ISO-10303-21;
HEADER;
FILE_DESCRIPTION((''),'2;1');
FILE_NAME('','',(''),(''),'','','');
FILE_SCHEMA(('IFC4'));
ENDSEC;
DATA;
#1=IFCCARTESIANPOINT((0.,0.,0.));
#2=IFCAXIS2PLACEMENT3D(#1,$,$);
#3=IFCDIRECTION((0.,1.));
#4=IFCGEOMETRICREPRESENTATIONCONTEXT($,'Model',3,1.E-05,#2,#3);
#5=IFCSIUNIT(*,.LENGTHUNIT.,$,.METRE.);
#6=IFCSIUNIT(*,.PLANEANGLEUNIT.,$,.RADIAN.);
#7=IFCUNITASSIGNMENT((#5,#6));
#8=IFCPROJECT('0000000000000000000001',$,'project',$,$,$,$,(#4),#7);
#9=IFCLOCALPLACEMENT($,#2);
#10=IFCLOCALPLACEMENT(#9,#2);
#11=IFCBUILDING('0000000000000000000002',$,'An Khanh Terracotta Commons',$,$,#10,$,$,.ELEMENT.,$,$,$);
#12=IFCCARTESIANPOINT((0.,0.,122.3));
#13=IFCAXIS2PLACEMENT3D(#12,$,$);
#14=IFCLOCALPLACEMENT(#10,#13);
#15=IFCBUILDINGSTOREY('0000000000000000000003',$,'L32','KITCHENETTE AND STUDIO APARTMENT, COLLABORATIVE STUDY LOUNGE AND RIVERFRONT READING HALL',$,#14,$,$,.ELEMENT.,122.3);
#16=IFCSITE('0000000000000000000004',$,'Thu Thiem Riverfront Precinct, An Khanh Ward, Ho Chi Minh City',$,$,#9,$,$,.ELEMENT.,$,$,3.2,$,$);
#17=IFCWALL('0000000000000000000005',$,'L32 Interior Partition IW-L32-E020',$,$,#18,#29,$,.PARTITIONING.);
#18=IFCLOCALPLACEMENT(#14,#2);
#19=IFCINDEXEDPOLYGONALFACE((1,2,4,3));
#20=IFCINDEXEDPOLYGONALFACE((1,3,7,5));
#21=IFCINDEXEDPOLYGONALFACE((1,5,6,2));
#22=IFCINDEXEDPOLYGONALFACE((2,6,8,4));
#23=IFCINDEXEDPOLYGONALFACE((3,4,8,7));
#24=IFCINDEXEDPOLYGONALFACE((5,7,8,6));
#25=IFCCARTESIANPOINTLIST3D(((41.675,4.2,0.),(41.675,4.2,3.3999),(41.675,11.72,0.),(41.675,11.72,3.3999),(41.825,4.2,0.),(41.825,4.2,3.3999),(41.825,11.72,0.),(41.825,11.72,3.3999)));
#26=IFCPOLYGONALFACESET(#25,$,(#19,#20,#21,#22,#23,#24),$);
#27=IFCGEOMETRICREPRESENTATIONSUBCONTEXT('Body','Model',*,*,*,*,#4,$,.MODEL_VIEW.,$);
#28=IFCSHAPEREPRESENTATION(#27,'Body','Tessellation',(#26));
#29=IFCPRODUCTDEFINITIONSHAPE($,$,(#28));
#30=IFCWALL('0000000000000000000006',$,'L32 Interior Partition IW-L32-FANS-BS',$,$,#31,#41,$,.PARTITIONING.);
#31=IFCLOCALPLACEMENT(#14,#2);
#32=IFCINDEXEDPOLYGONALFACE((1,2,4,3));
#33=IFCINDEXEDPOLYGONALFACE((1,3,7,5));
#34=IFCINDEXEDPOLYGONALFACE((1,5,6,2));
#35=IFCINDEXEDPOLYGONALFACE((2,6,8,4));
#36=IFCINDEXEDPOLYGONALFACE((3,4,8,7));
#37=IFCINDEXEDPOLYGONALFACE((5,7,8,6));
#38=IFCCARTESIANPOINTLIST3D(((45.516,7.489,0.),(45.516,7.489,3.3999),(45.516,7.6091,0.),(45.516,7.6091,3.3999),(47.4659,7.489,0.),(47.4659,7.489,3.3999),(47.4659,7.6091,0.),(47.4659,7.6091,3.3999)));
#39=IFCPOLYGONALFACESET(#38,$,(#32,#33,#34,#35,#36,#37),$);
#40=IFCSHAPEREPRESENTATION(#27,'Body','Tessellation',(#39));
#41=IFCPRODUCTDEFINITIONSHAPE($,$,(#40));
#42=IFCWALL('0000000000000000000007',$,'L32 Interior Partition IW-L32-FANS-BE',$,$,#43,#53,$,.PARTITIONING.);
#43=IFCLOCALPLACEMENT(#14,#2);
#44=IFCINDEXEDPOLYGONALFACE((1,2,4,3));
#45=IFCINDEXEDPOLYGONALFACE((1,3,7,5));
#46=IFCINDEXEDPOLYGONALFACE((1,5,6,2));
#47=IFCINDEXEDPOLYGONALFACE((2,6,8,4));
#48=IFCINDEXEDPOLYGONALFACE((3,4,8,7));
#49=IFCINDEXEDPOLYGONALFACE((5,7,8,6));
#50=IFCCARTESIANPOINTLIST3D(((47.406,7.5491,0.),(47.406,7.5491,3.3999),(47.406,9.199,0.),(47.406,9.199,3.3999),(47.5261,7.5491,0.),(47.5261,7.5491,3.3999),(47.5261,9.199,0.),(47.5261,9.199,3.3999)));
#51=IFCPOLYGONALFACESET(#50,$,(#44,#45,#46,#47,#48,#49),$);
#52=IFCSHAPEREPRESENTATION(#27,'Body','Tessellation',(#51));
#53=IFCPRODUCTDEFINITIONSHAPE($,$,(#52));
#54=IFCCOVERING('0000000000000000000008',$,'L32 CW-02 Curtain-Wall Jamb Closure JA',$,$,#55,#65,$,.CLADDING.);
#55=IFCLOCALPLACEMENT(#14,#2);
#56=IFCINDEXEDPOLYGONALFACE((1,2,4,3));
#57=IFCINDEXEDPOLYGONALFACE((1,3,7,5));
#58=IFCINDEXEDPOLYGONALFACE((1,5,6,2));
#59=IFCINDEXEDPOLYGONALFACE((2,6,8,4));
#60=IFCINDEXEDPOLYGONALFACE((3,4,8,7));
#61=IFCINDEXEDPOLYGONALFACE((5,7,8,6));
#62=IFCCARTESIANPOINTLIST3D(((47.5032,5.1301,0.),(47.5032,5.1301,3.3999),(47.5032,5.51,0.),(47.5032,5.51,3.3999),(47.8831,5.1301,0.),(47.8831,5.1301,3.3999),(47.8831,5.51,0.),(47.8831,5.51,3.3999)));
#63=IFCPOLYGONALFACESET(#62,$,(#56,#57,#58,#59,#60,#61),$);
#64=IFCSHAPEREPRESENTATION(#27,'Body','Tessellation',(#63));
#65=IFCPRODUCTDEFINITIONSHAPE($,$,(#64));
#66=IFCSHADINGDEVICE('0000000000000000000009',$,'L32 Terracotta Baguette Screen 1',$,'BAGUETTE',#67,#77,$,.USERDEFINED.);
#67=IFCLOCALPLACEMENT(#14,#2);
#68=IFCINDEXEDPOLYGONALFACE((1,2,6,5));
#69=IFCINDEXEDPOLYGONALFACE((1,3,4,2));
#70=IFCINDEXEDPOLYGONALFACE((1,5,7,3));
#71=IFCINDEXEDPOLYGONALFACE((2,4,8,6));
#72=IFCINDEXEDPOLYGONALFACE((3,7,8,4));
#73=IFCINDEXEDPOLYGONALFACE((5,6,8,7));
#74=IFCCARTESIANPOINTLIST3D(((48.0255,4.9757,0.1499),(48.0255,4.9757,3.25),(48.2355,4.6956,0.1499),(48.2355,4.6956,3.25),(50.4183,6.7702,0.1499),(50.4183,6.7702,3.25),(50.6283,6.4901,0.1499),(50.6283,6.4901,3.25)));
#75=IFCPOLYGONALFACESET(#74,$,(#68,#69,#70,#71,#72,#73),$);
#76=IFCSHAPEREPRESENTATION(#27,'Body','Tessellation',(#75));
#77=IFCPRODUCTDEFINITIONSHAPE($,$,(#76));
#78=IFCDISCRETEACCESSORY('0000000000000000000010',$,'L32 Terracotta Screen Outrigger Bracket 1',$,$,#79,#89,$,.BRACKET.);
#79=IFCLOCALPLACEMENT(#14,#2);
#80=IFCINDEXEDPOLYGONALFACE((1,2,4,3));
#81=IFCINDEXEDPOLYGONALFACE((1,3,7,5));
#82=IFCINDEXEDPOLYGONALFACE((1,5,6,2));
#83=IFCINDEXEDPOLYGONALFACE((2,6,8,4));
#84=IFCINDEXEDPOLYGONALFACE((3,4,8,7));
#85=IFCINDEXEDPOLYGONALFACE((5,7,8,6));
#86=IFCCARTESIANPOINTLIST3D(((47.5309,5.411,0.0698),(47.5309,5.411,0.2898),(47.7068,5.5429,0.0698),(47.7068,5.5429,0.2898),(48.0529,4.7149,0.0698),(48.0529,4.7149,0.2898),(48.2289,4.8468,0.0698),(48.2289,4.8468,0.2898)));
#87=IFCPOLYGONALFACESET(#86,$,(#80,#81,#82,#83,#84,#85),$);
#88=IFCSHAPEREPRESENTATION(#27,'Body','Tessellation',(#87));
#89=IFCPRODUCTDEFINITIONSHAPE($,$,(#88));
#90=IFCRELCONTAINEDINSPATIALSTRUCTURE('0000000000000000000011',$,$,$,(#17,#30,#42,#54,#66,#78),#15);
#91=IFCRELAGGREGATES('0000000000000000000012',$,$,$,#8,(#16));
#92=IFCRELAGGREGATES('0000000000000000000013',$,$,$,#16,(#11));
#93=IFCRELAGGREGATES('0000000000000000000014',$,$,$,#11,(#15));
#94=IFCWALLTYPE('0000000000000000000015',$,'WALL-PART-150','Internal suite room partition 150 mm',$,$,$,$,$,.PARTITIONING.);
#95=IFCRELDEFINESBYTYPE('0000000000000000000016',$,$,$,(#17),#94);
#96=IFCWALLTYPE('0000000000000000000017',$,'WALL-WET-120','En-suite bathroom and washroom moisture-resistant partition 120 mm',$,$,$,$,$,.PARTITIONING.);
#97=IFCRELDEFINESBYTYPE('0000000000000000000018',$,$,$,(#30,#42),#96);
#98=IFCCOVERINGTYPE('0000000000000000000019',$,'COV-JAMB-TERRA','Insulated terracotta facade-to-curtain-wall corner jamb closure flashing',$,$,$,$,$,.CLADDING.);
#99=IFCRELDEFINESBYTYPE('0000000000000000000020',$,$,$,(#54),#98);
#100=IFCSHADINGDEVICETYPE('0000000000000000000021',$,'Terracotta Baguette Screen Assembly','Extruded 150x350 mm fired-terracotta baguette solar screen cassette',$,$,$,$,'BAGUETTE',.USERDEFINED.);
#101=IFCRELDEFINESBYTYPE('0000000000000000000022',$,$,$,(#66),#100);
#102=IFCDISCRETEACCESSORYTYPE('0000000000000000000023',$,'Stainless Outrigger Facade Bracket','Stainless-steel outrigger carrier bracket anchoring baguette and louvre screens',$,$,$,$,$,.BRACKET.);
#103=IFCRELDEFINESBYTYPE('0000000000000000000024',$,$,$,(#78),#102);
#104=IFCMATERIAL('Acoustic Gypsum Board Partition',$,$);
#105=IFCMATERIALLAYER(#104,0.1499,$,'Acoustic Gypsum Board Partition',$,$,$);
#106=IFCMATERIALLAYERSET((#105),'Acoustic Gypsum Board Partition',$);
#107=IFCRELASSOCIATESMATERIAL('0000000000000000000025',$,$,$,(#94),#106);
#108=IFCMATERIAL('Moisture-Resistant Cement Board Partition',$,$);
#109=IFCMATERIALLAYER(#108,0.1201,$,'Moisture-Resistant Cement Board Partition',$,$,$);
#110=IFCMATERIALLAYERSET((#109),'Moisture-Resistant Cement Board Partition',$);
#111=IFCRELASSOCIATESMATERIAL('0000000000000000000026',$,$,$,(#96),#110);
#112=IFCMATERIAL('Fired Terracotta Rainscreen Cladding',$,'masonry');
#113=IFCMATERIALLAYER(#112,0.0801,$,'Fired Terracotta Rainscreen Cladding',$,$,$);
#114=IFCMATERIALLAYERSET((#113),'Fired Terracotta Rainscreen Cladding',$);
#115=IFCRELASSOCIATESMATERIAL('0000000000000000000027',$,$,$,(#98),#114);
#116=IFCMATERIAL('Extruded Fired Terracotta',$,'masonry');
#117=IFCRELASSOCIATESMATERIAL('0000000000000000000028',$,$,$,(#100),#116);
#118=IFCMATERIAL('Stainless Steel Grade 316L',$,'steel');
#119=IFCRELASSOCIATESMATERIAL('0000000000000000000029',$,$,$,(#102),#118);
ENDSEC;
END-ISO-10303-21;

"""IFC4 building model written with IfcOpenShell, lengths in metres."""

from ifc_helpers import new_model, si_unit, direction, frame, frame_2d, origin, origin_2d, place, context, subcontext, project, spatial, rectangle, extrude, material, layer, layer_set, type_object, element, save


model = new_model("IFC4")

# Units and contexts
model_context = context("Model", 3, precision=1e-05, world=origin(), true_north=direction((0.0, 1.0)))
body_context = subcontext(model_context, "Body", "Model", "MODEL_VIEW")
ifc_project = project(units=[si_unit("LENGTHUNIT", "METRE"), si_unit("PLANEANGLEUNIT", "RADIAN")], contexts=[model_context])

# Site, building, storey
site_placement = place(None, origin())
site = spatial("IfcSite", under=ifc_project, at=site_placement, Name="Thu Thiem Riverfront Precinct, An Khanh Ward, Ho Chi Minh City", CompositionType="ELEMENT", RefElevation=3.2)
building_placement = place(site_placement, origin())
building = spatial("IfcBuilding", under=site, at=building_placement, Name="An Khanh Terracotta Commons", CompositionType="ELEMENT")
storey_placement = place(building_placement, frame((0.0, 0.0, 122.3)))
storey = spatial("IfcBuildingStorey", under=building, at=storey_placement, Name="L32", Description="KITCHENETTE AND STUDIO APARTMENT, COLLABORATIVE STUDY LOUNGE AND RIVERFRONT READING HALL", CompositionType="ELEMENT", Elevation=122.3)

# Walls
ifc_material_1 = material(Name="Acoustic Gypsum Board Partition")
ifc_layer_1 = layer(ifc_material_1, 0.1499, Name="Acoustic Gypsum Board Partition")
ifc_layer_set_1 = layer_set([ifc_layer_1], Name="Acoustic Gypsum Board Partition")
wall_type_1 = type_object("IfcWallType", Name="WALL-PART-150", Description="Internal suite room partition 150 mm", PredefinedType="PARTITIONING", material=ifc_layer_set_1)
wall_1_placement = place(storey_placement, frame((41.75, 4.2, 0.0), z_axis=(0.0, 0.0, 1.0), x_axis=(0.0, 1.0, 0.0)))
element("IfcWall", 1, at=wall_1_placement, inside=storey, type_object=wall_type_1, Name="L32 Interior Partition IW-L32-E020", PredefinedType="PARTITIONING", context=body_context, shape_type="SweptSolid", body=[
    extrude(rectangle(XDim=7.52, YDim=0.1499, at=frame_2d((3.76, 0.0))), origin(), (0.0, 0.0, 1.0), 3.3999),
])
ifc_material_2 = material(Name="Moisture-Resistant Cement Board Partition")
ifc_layer_2 = layer(ifc_material_2, 0.1201, Name="Moisture-Resistant Cement Board Partition")
ifc_layer_set_2 = layer_set([ifc_layer_2], Name="Moisture-Resistant Cement Board Partition")
wall_type_2 = type_object("IfcWallType", Name="WALL-WET-120", Description="En-suite bathroom and washroom moisture-resistant partition 120 mm", PredefinedType="PARTITIONING", material=ifc_layer_set_2)
wall_2_placement = place(storey_placement, frame((47.4661, 7.5491, 0.0), z_axis=(0.0, 0.0, 1.0), x_axis=(-1.0, 0.0, 0.0)))
element("IfcWall", 2, at=wall_2_placement, inside=storey, type_object=wall_type_2, Name="L32 Interior Partition IW-L32-FANS-BS", PredefinedType="PARTITIONING", context=body_context, shape_type="SweptSolid", body=[
    extrude(rectangle(XDim=1.95, YDim=0.1201, at=frame_2d((0.9751, 0.0))), origin(), (0.0, 0.0, 1.0), 3.3999),
])
wall_3_placement = place(storey_placement, frame((47.4661, 7.5491, 0.0), z_axis=(0.0, 0.0, 1.0), x_axis=(0.0, 1.0, 0.0)))
element("IfcWall", 3, at=wall_3_placement, inside=storey, type_object=wall_type_2, Name="L32 Interior Partition IW-L32-FANS-BE", PredefinedType="PARTITIONING", context=body_context, shape_type="SweptSolid", body=[
    extrude(rectangle(XDim=1.6499, YDim=0.1201, at=frame_2d((0.825, 0.0))), origin(), (0.0, 0.0, 1.0), 3.3999),
])

# Covering
ifc_material_3 = material(Name="Fired Terracotta Rainscreen Cladding", Category="masonry")
ifc_layer_3 = layer(ifc_material_3, 0.0801, Name="Fired Terracotta Rainscreen Cladding")
ifc_layer_set_3 = layer_set([ifc_layer_3], Name="Fired Terracotta Rainscreen Cladding")
covering_type = type_object("IfcCoveringType", Name="COV-JAMB-TERRA", Description="Insulated terracotta facade-to-curtain-wall corner jamb closure flashing", PredefinedType="CLADDING", material=ifc_layer_set_3)
covering_placement = place(storey_placement, frame((47.6931, 5.3201, 0.0), z_axis=(0.0, 0.0, 1.0), x_axis=(1.0, 0.0, 0.0)))
element("IfcCovering", 4, at=covering_placement, inside=storey, type_object=covering_type, Name="L32 CW-02 Curtain-Wall Jamb Closure JA", PredefinedType="CLADDING", context=body_context, shape_type="SweptSolid", body=[
    extrude(rectangle(XDim=0.3799, YDim=0.3799, at=origin_2d()), origin(), (0.0, 0.0, 1.0), 3.3999),
])

# Shading device
ifc_material_4 = material(Name="Extruded Fired Terracotta", Category="masonry")
shading_device_type = type_object("IfcShadingDeviceType", Name="Terracotta Baguette Screen Assembly", Description="Extruded 150x350 mm fired-terracotta baguette solar screen cassette", ElementType="BAGUETTE", PredefinedType="USERDEFINED", material=ifc_material_4)
shading_device_placement = place(storey_placement, frame((49.3269, 5.7329, 0.1499), z_axis=(0.0, 0.0, 1.0), x_axis=(0.800013, 0.599983, 0.0)))
element("IfcShadingDevice", 5, at=shading_device_placement, inside=storey, type_object=shading_device_type, Name="L32 Terracotta Baguette Screen 1", ObjectType="BAGUETTE", PredefinedType="USERDEFINED", context=body_context, shape_type="SweptSolid", body=[
    extrude(rectangle(XDim=2.991, YDim=0.3501, at=origin_2d()), origin(), (0.0, 0.0, 1.0), 3.1001),
])

# Discrete accessory
ifc_material_5 = material(Name="Stainless Steel Grade 316L", Category="steel")
discrete_accessory_type = type_object("IfcDiscreteAccessoryType", Name="Stainless Outrigger Facade Bracket", Description="Stainless-steel outrigger carrier bracket anchoring baguette and louvre screens", PredefinedType="BRACKET", material=ifc_material_5)
discrete_accessory_placement = place(storey_placement, frame((47.8799, 5.1289, 0.0698), z_axis=(0.0, 0.0, 1.0), x_axis=(0.800013, 0.599983, 0.0)))
element("IfcDiscreteAccessory", 6, at=discrete_accessory_placement, inside=storey, type_object=discrete_accessory_type, Name="L32 Terracotta Screen Outrigger Bracket 1", PredefinedType="BRACKET", context=body_context, shape_type="SweptSolid", body=[
    extrude(rectangle(XDim=0.22, YDim=0.8701, at=origin_2d()), origin(), (0.0, 0.0, 1.0), 0.22),
])

save(model, "model.ifc")
